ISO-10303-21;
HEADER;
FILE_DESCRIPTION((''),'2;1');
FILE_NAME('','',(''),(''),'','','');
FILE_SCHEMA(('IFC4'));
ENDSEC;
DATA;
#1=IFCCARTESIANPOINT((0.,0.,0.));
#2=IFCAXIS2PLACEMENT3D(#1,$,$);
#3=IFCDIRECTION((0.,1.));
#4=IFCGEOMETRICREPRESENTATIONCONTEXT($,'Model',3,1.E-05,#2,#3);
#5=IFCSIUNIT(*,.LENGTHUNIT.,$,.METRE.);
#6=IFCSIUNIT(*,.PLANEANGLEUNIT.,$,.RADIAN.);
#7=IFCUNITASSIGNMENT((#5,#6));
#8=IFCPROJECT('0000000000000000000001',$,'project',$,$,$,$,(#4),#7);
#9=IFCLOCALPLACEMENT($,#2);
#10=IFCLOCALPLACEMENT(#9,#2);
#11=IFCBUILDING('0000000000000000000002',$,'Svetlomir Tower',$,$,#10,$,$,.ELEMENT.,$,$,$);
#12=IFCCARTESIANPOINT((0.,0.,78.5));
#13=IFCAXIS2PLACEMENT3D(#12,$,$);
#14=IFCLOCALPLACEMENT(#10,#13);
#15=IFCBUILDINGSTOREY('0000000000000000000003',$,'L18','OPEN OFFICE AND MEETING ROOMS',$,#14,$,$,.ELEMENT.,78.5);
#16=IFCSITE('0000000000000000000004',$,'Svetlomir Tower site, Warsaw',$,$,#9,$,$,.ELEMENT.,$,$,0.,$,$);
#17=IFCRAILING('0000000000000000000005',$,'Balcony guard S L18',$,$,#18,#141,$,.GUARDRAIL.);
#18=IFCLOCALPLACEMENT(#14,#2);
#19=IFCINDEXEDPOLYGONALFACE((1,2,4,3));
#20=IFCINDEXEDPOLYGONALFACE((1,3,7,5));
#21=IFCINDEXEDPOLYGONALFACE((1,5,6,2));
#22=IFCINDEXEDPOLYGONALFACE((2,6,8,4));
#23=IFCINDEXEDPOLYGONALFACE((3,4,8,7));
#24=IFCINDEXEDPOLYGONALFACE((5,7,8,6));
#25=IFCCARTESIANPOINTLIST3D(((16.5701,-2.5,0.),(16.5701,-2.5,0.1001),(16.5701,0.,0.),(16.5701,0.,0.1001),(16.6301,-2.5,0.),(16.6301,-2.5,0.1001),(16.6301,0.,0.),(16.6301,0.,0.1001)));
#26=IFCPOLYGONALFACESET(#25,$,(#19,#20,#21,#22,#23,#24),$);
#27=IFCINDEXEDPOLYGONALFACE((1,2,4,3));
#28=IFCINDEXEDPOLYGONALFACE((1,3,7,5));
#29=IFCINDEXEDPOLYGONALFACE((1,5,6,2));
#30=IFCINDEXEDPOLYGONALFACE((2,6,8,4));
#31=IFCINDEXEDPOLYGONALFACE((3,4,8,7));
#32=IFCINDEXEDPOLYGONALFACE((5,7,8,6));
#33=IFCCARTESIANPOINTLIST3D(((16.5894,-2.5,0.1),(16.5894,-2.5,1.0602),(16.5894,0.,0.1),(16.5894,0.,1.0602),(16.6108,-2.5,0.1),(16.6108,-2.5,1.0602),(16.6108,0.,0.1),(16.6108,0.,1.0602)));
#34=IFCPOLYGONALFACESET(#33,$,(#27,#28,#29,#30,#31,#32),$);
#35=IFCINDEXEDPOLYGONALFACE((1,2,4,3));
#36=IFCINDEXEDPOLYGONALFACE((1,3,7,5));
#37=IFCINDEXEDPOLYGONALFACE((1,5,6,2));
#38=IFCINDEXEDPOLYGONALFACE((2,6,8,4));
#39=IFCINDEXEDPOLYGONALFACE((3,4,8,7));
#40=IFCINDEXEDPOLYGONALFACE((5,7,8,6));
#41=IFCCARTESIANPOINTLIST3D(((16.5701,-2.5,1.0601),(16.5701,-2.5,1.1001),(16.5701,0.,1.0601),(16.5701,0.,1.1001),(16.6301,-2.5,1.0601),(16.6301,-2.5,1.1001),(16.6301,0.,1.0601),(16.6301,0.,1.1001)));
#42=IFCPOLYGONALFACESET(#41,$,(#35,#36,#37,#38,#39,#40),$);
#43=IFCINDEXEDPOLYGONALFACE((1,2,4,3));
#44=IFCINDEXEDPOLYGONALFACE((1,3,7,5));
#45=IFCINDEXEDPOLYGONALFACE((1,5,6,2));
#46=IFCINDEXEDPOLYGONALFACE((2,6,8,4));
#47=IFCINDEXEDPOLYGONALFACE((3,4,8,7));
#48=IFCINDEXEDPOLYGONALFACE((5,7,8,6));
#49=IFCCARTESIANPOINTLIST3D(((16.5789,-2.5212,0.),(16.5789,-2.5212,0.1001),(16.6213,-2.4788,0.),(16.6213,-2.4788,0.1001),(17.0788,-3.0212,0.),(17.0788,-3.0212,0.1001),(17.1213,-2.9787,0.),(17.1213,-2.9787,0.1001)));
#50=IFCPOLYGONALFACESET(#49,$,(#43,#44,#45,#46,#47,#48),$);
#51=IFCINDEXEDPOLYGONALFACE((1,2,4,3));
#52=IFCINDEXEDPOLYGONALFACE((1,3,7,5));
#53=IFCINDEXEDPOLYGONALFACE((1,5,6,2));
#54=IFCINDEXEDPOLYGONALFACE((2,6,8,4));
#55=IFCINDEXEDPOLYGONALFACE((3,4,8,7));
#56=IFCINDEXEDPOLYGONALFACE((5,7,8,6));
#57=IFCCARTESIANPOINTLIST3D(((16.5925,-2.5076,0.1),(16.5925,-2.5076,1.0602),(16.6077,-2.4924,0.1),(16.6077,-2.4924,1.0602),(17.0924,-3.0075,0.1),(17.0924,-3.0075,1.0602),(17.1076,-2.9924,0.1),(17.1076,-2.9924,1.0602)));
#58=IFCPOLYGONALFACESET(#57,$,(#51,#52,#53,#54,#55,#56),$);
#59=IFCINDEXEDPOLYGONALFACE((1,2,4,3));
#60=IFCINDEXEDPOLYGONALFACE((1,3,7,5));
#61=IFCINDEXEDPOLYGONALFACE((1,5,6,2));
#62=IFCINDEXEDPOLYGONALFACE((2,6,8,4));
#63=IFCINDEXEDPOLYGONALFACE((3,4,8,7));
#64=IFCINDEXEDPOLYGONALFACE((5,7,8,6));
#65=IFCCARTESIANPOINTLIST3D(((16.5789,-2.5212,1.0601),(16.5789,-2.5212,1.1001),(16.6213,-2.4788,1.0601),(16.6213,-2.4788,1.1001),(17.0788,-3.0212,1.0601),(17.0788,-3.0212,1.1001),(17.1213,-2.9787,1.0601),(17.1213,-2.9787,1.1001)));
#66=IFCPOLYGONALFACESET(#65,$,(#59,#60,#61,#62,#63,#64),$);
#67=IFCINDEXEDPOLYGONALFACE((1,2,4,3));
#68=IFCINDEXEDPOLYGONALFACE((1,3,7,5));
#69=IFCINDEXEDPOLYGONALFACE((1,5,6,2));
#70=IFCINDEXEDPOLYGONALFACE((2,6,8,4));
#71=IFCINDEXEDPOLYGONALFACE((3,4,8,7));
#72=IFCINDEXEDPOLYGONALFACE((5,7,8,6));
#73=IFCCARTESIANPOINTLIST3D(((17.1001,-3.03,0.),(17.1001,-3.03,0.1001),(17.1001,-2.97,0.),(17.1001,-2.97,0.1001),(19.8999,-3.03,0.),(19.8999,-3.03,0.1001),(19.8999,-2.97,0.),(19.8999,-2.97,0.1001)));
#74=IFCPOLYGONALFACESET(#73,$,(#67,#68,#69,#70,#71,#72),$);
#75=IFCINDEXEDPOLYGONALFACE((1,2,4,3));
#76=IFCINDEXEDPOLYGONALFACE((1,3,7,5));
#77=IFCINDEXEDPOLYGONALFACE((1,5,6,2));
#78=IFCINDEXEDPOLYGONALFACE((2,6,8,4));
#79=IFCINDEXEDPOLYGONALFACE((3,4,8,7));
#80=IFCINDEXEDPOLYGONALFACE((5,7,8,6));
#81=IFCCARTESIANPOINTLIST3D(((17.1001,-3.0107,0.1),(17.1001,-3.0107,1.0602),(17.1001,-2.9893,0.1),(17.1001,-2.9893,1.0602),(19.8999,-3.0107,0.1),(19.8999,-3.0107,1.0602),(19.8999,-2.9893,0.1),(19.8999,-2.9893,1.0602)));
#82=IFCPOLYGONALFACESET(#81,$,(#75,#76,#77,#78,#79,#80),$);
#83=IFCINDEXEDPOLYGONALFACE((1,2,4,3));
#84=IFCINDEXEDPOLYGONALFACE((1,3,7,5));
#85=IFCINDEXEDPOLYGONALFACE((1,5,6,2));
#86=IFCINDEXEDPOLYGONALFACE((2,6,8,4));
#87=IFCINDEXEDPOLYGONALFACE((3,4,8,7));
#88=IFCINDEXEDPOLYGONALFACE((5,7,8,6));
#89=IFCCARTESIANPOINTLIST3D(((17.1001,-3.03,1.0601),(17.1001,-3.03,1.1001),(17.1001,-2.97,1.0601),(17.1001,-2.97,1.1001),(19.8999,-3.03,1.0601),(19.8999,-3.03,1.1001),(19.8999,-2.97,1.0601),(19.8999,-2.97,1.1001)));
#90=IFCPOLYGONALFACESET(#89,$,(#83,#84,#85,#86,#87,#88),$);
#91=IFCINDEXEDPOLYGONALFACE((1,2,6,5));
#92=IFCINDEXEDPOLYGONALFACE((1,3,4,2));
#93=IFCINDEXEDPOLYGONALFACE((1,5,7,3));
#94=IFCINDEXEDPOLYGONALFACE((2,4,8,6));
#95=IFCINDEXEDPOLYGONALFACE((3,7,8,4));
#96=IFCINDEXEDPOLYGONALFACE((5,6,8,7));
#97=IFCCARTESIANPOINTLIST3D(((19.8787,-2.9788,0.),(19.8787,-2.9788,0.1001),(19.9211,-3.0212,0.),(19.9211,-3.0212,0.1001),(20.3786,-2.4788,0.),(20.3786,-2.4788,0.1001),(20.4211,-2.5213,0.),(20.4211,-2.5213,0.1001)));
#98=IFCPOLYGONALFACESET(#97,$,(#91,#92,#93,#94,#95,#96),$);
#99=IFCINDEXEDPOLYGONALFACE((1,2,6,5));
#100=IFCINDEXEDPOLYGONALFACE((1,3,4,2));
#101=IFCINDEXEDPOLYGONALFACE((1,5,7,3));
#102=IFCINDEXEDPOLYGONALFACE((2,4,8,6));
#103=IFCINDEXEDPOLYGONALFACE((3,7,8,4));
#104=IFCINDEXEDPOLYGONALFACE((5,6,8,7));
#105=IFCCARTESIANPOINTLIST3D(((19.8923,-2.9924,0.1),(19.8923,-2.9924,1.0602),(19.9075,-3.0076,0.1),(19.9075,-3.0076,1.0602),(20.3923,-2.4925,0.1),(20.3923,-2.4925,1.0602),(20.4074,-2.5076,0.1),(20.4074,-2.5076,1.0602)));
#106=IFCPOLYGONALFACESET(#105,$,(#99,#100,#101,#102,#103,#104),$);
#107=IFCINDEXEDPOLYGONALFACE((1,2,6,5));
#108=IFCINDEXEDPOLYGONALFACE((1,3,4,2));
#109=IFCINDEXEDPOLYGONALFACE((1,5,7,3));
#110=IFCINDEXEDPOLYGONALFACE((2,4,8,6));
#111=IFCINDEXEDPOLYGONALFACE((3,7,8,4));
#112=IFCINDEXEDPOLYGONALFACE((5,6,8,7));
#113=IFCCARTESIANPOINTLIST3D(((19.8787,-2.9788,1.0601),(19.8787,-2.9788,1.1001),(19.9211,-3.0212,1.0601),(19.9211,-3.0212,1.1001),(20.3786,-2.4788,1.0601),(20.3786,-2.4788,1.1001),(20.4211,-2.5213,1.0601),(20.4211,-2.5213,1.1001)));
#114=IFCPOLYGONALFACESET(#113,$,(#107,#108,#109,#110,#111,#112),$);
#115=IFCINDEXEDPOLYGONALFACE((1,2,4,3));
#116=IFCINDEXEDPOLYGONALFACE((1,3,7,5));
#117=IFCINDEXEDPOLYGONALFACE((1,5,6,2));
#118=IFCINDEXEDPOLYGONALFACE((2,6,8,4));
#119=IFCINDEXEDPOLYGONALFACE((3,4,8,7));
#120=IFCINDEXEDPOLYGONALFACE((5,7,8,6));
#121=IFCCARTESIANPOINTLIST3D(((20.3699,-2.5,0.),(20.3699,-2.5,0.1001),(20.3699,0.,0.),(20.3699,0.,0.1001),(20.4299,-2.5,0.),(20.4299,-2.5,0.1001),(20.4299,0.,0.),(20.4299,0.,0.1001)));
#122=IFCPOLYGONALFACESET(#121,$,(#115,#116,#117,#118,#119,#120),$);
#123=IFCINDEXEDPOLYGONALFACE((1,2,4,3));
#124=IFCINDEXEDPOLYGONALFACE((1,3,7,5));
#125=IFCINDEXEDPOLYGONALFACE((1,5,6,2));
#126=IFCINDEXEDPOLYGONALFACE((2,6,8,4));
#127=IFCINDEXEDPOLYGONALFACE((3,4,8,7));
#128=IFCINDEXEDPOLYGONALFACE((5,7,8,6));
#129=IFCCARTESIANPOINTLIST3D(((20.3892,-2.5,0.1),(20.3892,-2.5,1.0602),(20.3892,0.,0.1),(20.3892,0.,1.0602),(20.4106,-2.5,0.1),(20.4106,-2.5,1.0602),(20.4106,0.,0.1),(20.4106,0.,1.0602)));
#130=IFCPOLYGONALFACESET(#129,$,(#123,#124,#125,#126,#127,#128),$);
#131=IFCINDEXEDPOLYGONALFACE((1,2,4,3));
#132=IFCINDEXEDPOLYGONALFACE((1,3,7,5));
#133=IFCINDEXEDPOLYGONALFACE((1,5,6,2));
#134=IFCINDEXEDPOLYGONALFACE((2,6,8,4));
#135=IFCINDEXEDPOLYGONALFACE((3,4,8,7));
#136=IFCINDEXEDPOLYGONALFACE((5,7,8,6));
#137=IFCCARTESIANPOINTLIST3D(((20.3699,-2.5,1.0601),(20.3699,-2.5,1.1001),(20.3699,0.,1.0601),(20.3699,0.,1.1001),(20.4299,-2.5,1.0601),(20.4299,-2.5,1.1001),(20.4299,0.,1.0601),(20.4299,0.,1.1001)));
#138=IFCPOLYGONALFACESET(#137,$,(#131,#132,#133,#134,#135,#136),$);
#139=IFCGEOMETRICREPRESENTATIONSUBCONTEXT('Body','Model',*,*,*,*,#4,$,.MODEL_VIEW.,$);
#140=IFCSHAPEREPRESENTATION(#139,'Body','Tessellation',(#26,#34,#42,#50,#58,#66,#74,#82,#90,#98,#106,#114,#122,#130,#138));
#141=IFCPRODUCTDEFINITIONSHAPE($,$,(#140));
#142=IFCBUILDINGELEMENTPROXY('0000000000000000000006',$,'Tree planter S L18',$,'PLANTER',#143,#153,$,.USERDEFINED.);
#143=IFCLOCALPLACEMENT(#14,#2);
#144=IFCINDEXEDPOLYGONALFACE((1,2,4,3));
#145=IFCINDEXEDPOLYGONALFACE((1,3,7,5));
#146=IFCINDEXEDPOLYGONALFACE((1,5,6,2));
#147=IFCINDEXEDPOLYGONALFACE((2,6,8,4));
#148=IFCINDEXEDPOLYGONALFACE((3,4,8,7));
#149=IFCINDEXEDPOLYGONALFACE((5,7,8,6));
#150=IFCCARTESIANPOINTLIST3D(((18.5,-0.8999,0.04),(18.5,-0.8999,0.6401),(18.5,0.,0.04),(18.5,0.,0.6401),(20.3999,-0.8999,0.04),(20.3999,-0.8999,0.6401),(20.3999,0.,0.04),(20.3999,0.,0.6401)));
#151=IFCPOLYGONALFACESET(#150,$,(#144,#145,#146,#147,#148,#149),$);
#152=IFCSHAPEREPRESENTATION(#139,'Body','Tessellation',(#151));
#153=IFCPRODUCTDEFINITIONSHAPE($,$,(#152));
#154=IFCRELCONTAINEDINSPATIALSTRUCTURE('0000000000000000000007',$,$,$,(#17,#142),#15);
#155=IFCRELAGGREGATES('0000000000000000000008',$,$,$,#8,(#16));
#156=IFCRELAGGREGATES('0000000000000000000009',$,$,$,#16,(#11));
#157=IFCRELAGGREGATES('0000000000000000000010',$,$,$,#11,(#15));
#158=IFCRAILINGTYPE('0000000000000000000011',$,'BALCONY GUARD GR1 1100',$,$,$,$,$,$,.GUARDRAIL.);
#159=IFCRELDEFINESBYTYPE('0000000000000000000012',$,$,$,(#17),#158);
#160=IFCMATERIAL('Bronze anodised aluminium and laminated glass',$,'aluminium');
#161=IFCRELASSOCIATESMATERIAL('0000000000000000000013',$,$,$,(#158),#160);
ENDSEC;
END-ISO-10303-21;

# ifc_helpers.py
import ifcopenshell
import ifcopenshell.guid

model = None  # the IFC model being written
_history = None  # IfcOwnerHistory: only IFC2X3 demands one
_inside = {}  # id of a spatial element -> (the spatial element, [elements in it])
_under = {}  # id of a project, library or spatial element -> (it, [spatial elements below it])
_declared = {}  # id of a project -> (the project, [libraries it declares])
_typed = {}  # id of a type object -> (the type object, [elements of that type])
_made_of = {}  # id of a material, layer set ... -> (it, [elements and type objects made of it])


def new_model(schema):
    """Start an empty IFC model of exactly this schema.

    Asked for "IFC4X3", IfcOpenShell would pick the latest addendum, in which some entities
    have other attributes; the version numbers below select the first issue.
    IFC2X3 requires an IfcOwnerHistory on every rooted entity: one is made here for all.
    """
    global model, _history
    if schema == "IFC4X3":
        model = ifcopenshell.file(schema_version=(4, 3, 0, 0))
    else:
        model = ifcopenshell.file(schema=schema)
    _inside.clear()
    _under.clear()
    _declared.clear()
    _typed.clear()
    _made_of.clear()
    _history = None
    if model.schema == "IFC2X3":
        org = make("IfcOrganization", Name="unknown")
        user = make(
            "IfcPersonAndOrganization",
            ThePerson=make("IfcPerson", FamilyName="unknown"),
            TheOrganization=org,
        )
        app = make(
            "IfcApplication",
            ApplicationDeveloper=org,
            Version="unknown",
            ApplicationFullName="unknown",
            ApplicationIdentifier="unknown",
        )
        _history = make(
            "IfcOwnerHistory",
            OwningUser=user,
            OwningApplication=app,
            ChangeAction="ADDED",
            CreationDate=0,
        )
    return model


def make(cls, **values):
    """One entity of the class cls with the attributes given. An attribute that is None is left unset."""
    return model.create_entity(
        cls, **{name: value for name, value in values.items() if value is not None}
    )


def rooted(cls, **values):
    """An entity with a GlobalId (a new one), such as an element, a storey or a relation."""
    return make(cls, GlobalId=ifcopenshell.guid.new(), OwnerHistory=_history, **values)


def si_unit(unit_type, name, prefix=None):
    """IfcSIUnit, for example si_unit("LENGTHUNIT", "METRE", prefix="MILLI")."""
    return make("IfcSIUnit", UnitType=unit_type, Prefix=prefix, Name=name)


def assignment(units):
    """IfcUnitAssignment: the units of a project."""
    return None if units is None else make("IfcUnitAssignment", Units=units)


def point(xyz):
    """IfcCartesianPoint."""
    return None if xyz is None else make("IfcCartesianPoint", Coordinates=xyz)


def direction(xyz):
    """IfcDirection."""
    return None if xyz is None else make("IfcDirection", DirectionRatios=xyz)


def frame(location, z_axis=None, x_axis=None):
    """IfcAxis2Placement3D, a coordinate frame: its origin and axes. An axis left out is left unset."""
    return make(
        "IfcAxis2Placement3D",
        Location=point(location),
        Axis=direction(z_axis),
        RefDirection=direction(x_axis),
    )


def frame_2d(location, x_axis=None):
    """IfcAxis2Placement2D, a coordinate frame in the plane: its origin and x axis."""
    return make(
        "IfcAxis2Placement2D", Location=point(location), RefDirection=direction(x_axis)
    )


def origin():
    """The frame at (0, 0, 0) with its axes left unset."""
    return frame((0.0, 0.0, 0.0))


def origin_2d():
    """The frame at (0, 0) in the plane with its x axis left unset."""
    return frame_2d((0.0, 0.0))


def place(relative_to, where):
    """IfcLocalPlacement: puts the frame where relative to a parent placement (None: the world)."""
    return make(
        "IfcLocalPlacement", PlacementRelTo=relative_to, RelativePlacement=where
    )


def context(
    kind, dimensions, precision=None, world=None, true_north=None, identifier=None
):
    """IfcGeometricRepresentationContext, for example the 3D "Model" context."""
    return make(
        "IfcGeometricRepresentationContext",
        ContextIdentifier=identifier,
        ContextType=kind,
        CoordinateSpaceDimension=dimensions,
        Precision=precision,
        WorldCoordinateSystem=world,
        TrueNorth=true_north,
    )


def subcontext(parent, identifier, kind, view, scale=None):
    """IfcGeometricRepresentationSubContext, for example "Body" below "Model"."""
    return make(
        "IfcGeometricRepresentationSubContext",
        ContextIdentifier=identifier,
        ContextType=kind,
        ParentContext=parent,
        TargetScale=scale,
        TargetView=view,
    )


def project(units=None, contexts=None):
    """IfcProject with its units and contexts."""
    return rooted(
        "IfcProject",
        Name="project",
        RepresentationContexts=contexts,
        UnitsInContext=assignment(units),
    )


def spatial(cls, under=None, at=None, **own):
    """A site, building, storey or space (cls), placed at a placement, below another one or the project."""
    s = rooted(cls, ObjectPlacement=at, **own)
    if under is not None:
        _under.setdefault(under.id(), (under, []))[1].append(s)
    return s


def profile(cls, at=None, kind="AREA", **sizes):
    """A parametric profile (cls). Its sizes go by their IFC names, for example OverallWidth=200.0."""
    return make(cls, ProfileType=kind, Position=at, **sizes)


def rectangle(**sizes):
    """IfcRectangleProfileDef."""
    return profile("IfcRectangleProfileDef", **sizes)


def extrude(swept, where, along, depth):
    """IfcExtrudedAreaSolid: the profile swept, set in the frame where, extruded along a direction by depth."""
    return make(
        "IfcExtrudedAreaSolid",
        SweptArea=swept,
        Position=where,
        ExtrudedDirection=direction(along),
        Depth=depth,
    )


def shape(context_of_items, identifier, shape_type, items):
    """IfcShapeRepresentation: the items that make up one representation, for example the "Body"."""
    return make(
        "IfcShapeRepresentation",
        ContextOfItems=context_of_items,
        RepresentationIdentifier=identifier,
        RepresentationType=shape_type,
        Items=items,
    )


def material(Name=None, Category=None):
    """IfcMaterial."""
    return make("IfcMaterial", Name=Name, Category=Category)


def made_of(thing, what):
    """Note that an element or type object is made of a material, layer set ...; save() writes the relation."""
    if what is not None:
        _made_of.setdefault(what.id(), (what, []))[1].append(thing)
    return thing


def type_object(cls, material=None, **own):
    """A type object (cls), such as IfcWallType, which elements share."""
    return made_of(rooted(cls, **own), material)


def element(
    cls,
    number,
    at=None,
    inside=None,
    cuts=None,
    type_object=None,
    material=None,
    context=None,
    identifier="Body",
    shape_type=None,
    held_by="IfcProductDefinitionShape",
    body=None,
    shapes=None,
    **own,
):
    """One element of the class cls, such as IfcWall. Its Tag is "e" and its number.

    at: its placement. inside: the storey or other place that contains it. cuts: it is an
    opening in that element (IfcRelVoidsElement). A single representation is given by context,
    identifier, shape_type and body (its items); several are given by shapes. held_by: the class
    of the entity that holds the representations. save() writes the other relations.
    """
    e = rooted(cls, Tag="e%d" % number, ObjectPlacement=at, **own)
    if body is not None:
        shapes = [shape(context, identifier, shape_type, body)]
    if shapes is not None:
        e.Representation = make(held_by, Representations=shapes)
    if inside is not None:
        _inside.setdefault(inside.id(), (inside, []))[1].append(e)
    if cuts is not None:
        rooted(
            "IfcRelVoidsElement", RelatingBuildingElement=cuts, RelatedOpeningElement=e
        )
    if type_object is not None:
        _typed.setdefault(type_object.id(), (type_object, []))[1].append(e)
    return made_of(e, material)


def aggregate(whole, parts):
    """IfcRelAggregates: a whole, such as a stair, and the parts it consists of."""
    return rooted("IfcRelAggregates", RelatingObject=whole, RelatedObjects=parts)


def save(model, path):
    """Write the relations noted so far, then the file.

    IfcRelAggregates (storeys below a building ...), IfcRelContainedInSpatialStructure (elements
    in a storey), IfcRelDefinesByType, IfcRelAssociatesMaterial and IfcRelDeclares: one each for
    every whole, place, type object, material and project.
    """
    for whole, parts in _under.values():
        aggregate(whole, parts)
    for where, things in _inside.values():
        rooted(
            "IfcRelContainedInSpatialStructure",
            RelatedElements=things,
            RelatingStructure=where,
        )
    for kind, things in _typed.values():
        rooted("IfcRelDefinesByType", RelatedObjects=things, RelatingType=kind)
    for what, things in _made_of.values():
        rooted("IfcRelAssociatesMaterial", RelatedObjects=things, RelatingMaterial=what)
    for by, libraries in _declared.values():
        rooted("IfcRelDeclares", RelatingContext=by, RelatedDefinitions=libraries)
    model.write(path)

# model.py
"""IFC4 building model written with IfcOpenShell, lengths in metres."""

from ifc_helpers import new_model, si_unit, direction, frame, origin, origin_2d, place, context, subcontext, project, spatial, rectangle, extrude, material, type_object, element, save


model = new_model("IFC4")

# Units and contexts
model_context = context("Model", 3, precision=1e-05, world=origin(), true_north=direction((0.0, 1.0)))
body_context = subcontext(model_context, "Body", "Model", "MODEL_VIEW")
ifc_project = project(units=[si_unit("LENGTHUNIT", "METRE"), si_unit("PLANEANGLEUNIT", "RADIAN")], contexts=[model_context])

# Site, building, storey
site_placement = place(None, origin())
site = spatial("IfcSite", under=ifc_project, at=site_placement, Name="Svetlomir Tower site, Warsaw", CompositionType="ELEMENT", RefElevation=0.0)
building_placement = place(site_placement, origin())
building = spatial("IfcBuilding", under=site, at=building_placement, Name="Svetlomir Tower", CompositionType="ELEMENT")
storey_placement = place(building_placement, frame((0.0, 0.0, 78.5)))
storey = spatial("IfcBuildingStorey", under=building, at=storey_placement, Name="L18", Description="OPEN OFFICE AND MEETING ROOMS", CompositionType="ELEMENT", Elevation=78.5)

# Railing
ifc_material_1 = material(Name="Bronze anodised aluminium and laminated glass", Category="aluminium")
railing_type = type_object("IfcRailingType", Name="BALCONY GUARD GR1 1100", PredefinedType="GUARDRAIL", material=ifc_material_1)
railing_placement = place(storey_placement, frame((16.6001, 0.0, 0.0)))
element("IfcRailing", 1, at=railing_placement, inside=storey, type_object=railing_type, Name="Balcony guard S L18", PredefinedType="GUARDRAIL", context=body_context, shape_type="SweptSolid", body=[
    extrude(rectangle(XDim=0.0601, YDim=0.1001, at=origin_2d()), frame((0.0, 0.0, 0.05), z_axis=(0.0, -1.0, 0.0), x_axis=(1.0, 0.0, 0.0)), (0.0, 0.0, 1.0), 2.5),
    extrude(rectangle(XDim=0.0215, YDim=0.9602, at=origin_2d()), frame((0.0, 0.0, 0.5801), z_axis=(0.0, -1.0, 0.0), x_axis=(1.0, 0.0, 0.0)), (0.0, 0.0, 1.0), 2.5),
    extrude(rectangle(XDim=0.0601, YDim=0.04, at=origin_2d()), frame((0.0, 0.0, 1.0801), z_axis=(0.0, -1.0, 0.0), x_axis=(1.0, 0.0, 0.0)), (0.0, 0.0, 1.0), 2.5),
    extrude(rectangle(XDim=0.0601, YDim=0.1001, at=origin_2d()), frame((0.0, -2.5, 0.05), z_axis=(0.707107, -0.707107, 0.0), x_axis=(0.707107, 0.707107, 0.0)), (0.0, 0.0, 1.0), 0.707),
    extrude(rectangle(XDim=0.0215, YDim=0.9602, at=origin_2d()), frame((0.0, -2.5, 0.5801), z_axis=(0.707107, -0.707107, 0.0), x_axis=(0.707107, 0.707107, 0.0)), (0.0, 0.0, 1.0), 0.707),
    extrude(rectangle(XDim=0.0601, YDim=0.04, at=origin_2d()), frame((0.0, -2.5, 1.0801), z_axis=(0.707107, -0.707107, 0.0), x_axis=(0.707107, 0.707107, 0.0)), (0.0, 0.0, 1.0), 0.707),
    extrude(rectangle(XDim=0.0601, YDim=0.1001, at=origin_2d()), frame((0.5, -3.0, 0.05), z_axis=(1.0, 0.0, 0.0), x_axis=(0.0, 1.0, 0.0)), (0.0, 0.0, 1.0), 2.7998),
    extrude(rectangle(XDim=0.0215, YDim=0.9602, at=origin_2d()), frame((0.5, -3.0, 0.5801), z_axis=(1.0, 0.0, 0.0), x_axis=(0.0, 1.0, 0.0)), (0.0, 0.0, 1.0), 2.7998),
    extrude(rectangle(XDim=0.0601, YDim=0.04, at=origin_2d()), frame((0.5, -3.0, 1.0801), z_axis=(1.0, 0.0, 0.0), x_axis=(0.0, 1.0, 0.0)), (0.0, 0.0, 1.0), 2.7998),
    extrude(rectangle(XDim=0.0601, YDim=0.1001, at=origin_2d()), frame((3.2998, -3.0, 0.05), z_axis=(0.707107, 0.707107, 0.0), x_axis=(-0.707107, 0.707107, 0.0)), (0.0, 0.0, 1.0), 0.707),
    extrude(rectangle(XDim=0.0215, YDim=0.9602, at=origin_2d()), frame((3.2998, -3.0, 0.5801), z_axis=(0.707107, 0.707107, 0.0), x_axis=(-0.707107, 0.707107, 0.0)), (0.0, 0.0, 1.0), 0.707),
    extrude(rectangle(XDim=0.0601, YDim=0.04, at=origin_2d()), frame((3.2998, -3.0, 1.0801), z_axis=(0.707107, 0.707107, 0.0), x_axis=(-0.707107, 0.707107, 0.0)), (0.0, 0.0, 1.0), 0.707),
    extrude(rectangle(XDim=0.0601, YDim=0.1001, at=origin_2d()), frame((3.7998, -2.5, 0.05), z_axis=(0.0, 1.0, 0.0), x_axis=(-1.0, 0.0, 0.0)), (0.0, 0.0, 1.0), 2.5),
    extrude(rectangle(XDim=0.0215, YDim=0.9602, at=origin_2d()), frame((3.7998, -2.5, 0.5801), z_axis=(0.0, 1.0, 0.0), x_axis=(-1.0, 0.0, 0.0)), (0.0, 0.0, 1.0), 2.5),
    extrude(rectangle(XDim=0.0601, YDim=0.04, at=origin_2d()), frame((3.7998, -2.5, 1.0801), z_axis=(0.0, 1.0, 0.0), x_axis=(-1.0, 0.0, 0.0)), (0.0, 0.0, 1.0), 2.5),
])

# Building element proxy
proxy_placement = place(storey_placement, frame((19.45, -0.45, 0.04), z_axis=(0.0, 0.0, 1.0), x_axis=(1.0, 0.0, 0.0)))
element("IfcBuildingElementProxy", 2, at=proxy_placement, inside=storey, Name="Tree planter S L18", ObjectType="PLANTER", PredefinedType="USERDEFINED", context=body_context, shape_type="SweptSolid", body=[
    extrude(rectangle(XDim=1.8999, YDim=0.8999, at=origin_2d()), origin(), (0.0, 0.0, 1.0), 0.6001),
])

save(model, "model.ifc")
